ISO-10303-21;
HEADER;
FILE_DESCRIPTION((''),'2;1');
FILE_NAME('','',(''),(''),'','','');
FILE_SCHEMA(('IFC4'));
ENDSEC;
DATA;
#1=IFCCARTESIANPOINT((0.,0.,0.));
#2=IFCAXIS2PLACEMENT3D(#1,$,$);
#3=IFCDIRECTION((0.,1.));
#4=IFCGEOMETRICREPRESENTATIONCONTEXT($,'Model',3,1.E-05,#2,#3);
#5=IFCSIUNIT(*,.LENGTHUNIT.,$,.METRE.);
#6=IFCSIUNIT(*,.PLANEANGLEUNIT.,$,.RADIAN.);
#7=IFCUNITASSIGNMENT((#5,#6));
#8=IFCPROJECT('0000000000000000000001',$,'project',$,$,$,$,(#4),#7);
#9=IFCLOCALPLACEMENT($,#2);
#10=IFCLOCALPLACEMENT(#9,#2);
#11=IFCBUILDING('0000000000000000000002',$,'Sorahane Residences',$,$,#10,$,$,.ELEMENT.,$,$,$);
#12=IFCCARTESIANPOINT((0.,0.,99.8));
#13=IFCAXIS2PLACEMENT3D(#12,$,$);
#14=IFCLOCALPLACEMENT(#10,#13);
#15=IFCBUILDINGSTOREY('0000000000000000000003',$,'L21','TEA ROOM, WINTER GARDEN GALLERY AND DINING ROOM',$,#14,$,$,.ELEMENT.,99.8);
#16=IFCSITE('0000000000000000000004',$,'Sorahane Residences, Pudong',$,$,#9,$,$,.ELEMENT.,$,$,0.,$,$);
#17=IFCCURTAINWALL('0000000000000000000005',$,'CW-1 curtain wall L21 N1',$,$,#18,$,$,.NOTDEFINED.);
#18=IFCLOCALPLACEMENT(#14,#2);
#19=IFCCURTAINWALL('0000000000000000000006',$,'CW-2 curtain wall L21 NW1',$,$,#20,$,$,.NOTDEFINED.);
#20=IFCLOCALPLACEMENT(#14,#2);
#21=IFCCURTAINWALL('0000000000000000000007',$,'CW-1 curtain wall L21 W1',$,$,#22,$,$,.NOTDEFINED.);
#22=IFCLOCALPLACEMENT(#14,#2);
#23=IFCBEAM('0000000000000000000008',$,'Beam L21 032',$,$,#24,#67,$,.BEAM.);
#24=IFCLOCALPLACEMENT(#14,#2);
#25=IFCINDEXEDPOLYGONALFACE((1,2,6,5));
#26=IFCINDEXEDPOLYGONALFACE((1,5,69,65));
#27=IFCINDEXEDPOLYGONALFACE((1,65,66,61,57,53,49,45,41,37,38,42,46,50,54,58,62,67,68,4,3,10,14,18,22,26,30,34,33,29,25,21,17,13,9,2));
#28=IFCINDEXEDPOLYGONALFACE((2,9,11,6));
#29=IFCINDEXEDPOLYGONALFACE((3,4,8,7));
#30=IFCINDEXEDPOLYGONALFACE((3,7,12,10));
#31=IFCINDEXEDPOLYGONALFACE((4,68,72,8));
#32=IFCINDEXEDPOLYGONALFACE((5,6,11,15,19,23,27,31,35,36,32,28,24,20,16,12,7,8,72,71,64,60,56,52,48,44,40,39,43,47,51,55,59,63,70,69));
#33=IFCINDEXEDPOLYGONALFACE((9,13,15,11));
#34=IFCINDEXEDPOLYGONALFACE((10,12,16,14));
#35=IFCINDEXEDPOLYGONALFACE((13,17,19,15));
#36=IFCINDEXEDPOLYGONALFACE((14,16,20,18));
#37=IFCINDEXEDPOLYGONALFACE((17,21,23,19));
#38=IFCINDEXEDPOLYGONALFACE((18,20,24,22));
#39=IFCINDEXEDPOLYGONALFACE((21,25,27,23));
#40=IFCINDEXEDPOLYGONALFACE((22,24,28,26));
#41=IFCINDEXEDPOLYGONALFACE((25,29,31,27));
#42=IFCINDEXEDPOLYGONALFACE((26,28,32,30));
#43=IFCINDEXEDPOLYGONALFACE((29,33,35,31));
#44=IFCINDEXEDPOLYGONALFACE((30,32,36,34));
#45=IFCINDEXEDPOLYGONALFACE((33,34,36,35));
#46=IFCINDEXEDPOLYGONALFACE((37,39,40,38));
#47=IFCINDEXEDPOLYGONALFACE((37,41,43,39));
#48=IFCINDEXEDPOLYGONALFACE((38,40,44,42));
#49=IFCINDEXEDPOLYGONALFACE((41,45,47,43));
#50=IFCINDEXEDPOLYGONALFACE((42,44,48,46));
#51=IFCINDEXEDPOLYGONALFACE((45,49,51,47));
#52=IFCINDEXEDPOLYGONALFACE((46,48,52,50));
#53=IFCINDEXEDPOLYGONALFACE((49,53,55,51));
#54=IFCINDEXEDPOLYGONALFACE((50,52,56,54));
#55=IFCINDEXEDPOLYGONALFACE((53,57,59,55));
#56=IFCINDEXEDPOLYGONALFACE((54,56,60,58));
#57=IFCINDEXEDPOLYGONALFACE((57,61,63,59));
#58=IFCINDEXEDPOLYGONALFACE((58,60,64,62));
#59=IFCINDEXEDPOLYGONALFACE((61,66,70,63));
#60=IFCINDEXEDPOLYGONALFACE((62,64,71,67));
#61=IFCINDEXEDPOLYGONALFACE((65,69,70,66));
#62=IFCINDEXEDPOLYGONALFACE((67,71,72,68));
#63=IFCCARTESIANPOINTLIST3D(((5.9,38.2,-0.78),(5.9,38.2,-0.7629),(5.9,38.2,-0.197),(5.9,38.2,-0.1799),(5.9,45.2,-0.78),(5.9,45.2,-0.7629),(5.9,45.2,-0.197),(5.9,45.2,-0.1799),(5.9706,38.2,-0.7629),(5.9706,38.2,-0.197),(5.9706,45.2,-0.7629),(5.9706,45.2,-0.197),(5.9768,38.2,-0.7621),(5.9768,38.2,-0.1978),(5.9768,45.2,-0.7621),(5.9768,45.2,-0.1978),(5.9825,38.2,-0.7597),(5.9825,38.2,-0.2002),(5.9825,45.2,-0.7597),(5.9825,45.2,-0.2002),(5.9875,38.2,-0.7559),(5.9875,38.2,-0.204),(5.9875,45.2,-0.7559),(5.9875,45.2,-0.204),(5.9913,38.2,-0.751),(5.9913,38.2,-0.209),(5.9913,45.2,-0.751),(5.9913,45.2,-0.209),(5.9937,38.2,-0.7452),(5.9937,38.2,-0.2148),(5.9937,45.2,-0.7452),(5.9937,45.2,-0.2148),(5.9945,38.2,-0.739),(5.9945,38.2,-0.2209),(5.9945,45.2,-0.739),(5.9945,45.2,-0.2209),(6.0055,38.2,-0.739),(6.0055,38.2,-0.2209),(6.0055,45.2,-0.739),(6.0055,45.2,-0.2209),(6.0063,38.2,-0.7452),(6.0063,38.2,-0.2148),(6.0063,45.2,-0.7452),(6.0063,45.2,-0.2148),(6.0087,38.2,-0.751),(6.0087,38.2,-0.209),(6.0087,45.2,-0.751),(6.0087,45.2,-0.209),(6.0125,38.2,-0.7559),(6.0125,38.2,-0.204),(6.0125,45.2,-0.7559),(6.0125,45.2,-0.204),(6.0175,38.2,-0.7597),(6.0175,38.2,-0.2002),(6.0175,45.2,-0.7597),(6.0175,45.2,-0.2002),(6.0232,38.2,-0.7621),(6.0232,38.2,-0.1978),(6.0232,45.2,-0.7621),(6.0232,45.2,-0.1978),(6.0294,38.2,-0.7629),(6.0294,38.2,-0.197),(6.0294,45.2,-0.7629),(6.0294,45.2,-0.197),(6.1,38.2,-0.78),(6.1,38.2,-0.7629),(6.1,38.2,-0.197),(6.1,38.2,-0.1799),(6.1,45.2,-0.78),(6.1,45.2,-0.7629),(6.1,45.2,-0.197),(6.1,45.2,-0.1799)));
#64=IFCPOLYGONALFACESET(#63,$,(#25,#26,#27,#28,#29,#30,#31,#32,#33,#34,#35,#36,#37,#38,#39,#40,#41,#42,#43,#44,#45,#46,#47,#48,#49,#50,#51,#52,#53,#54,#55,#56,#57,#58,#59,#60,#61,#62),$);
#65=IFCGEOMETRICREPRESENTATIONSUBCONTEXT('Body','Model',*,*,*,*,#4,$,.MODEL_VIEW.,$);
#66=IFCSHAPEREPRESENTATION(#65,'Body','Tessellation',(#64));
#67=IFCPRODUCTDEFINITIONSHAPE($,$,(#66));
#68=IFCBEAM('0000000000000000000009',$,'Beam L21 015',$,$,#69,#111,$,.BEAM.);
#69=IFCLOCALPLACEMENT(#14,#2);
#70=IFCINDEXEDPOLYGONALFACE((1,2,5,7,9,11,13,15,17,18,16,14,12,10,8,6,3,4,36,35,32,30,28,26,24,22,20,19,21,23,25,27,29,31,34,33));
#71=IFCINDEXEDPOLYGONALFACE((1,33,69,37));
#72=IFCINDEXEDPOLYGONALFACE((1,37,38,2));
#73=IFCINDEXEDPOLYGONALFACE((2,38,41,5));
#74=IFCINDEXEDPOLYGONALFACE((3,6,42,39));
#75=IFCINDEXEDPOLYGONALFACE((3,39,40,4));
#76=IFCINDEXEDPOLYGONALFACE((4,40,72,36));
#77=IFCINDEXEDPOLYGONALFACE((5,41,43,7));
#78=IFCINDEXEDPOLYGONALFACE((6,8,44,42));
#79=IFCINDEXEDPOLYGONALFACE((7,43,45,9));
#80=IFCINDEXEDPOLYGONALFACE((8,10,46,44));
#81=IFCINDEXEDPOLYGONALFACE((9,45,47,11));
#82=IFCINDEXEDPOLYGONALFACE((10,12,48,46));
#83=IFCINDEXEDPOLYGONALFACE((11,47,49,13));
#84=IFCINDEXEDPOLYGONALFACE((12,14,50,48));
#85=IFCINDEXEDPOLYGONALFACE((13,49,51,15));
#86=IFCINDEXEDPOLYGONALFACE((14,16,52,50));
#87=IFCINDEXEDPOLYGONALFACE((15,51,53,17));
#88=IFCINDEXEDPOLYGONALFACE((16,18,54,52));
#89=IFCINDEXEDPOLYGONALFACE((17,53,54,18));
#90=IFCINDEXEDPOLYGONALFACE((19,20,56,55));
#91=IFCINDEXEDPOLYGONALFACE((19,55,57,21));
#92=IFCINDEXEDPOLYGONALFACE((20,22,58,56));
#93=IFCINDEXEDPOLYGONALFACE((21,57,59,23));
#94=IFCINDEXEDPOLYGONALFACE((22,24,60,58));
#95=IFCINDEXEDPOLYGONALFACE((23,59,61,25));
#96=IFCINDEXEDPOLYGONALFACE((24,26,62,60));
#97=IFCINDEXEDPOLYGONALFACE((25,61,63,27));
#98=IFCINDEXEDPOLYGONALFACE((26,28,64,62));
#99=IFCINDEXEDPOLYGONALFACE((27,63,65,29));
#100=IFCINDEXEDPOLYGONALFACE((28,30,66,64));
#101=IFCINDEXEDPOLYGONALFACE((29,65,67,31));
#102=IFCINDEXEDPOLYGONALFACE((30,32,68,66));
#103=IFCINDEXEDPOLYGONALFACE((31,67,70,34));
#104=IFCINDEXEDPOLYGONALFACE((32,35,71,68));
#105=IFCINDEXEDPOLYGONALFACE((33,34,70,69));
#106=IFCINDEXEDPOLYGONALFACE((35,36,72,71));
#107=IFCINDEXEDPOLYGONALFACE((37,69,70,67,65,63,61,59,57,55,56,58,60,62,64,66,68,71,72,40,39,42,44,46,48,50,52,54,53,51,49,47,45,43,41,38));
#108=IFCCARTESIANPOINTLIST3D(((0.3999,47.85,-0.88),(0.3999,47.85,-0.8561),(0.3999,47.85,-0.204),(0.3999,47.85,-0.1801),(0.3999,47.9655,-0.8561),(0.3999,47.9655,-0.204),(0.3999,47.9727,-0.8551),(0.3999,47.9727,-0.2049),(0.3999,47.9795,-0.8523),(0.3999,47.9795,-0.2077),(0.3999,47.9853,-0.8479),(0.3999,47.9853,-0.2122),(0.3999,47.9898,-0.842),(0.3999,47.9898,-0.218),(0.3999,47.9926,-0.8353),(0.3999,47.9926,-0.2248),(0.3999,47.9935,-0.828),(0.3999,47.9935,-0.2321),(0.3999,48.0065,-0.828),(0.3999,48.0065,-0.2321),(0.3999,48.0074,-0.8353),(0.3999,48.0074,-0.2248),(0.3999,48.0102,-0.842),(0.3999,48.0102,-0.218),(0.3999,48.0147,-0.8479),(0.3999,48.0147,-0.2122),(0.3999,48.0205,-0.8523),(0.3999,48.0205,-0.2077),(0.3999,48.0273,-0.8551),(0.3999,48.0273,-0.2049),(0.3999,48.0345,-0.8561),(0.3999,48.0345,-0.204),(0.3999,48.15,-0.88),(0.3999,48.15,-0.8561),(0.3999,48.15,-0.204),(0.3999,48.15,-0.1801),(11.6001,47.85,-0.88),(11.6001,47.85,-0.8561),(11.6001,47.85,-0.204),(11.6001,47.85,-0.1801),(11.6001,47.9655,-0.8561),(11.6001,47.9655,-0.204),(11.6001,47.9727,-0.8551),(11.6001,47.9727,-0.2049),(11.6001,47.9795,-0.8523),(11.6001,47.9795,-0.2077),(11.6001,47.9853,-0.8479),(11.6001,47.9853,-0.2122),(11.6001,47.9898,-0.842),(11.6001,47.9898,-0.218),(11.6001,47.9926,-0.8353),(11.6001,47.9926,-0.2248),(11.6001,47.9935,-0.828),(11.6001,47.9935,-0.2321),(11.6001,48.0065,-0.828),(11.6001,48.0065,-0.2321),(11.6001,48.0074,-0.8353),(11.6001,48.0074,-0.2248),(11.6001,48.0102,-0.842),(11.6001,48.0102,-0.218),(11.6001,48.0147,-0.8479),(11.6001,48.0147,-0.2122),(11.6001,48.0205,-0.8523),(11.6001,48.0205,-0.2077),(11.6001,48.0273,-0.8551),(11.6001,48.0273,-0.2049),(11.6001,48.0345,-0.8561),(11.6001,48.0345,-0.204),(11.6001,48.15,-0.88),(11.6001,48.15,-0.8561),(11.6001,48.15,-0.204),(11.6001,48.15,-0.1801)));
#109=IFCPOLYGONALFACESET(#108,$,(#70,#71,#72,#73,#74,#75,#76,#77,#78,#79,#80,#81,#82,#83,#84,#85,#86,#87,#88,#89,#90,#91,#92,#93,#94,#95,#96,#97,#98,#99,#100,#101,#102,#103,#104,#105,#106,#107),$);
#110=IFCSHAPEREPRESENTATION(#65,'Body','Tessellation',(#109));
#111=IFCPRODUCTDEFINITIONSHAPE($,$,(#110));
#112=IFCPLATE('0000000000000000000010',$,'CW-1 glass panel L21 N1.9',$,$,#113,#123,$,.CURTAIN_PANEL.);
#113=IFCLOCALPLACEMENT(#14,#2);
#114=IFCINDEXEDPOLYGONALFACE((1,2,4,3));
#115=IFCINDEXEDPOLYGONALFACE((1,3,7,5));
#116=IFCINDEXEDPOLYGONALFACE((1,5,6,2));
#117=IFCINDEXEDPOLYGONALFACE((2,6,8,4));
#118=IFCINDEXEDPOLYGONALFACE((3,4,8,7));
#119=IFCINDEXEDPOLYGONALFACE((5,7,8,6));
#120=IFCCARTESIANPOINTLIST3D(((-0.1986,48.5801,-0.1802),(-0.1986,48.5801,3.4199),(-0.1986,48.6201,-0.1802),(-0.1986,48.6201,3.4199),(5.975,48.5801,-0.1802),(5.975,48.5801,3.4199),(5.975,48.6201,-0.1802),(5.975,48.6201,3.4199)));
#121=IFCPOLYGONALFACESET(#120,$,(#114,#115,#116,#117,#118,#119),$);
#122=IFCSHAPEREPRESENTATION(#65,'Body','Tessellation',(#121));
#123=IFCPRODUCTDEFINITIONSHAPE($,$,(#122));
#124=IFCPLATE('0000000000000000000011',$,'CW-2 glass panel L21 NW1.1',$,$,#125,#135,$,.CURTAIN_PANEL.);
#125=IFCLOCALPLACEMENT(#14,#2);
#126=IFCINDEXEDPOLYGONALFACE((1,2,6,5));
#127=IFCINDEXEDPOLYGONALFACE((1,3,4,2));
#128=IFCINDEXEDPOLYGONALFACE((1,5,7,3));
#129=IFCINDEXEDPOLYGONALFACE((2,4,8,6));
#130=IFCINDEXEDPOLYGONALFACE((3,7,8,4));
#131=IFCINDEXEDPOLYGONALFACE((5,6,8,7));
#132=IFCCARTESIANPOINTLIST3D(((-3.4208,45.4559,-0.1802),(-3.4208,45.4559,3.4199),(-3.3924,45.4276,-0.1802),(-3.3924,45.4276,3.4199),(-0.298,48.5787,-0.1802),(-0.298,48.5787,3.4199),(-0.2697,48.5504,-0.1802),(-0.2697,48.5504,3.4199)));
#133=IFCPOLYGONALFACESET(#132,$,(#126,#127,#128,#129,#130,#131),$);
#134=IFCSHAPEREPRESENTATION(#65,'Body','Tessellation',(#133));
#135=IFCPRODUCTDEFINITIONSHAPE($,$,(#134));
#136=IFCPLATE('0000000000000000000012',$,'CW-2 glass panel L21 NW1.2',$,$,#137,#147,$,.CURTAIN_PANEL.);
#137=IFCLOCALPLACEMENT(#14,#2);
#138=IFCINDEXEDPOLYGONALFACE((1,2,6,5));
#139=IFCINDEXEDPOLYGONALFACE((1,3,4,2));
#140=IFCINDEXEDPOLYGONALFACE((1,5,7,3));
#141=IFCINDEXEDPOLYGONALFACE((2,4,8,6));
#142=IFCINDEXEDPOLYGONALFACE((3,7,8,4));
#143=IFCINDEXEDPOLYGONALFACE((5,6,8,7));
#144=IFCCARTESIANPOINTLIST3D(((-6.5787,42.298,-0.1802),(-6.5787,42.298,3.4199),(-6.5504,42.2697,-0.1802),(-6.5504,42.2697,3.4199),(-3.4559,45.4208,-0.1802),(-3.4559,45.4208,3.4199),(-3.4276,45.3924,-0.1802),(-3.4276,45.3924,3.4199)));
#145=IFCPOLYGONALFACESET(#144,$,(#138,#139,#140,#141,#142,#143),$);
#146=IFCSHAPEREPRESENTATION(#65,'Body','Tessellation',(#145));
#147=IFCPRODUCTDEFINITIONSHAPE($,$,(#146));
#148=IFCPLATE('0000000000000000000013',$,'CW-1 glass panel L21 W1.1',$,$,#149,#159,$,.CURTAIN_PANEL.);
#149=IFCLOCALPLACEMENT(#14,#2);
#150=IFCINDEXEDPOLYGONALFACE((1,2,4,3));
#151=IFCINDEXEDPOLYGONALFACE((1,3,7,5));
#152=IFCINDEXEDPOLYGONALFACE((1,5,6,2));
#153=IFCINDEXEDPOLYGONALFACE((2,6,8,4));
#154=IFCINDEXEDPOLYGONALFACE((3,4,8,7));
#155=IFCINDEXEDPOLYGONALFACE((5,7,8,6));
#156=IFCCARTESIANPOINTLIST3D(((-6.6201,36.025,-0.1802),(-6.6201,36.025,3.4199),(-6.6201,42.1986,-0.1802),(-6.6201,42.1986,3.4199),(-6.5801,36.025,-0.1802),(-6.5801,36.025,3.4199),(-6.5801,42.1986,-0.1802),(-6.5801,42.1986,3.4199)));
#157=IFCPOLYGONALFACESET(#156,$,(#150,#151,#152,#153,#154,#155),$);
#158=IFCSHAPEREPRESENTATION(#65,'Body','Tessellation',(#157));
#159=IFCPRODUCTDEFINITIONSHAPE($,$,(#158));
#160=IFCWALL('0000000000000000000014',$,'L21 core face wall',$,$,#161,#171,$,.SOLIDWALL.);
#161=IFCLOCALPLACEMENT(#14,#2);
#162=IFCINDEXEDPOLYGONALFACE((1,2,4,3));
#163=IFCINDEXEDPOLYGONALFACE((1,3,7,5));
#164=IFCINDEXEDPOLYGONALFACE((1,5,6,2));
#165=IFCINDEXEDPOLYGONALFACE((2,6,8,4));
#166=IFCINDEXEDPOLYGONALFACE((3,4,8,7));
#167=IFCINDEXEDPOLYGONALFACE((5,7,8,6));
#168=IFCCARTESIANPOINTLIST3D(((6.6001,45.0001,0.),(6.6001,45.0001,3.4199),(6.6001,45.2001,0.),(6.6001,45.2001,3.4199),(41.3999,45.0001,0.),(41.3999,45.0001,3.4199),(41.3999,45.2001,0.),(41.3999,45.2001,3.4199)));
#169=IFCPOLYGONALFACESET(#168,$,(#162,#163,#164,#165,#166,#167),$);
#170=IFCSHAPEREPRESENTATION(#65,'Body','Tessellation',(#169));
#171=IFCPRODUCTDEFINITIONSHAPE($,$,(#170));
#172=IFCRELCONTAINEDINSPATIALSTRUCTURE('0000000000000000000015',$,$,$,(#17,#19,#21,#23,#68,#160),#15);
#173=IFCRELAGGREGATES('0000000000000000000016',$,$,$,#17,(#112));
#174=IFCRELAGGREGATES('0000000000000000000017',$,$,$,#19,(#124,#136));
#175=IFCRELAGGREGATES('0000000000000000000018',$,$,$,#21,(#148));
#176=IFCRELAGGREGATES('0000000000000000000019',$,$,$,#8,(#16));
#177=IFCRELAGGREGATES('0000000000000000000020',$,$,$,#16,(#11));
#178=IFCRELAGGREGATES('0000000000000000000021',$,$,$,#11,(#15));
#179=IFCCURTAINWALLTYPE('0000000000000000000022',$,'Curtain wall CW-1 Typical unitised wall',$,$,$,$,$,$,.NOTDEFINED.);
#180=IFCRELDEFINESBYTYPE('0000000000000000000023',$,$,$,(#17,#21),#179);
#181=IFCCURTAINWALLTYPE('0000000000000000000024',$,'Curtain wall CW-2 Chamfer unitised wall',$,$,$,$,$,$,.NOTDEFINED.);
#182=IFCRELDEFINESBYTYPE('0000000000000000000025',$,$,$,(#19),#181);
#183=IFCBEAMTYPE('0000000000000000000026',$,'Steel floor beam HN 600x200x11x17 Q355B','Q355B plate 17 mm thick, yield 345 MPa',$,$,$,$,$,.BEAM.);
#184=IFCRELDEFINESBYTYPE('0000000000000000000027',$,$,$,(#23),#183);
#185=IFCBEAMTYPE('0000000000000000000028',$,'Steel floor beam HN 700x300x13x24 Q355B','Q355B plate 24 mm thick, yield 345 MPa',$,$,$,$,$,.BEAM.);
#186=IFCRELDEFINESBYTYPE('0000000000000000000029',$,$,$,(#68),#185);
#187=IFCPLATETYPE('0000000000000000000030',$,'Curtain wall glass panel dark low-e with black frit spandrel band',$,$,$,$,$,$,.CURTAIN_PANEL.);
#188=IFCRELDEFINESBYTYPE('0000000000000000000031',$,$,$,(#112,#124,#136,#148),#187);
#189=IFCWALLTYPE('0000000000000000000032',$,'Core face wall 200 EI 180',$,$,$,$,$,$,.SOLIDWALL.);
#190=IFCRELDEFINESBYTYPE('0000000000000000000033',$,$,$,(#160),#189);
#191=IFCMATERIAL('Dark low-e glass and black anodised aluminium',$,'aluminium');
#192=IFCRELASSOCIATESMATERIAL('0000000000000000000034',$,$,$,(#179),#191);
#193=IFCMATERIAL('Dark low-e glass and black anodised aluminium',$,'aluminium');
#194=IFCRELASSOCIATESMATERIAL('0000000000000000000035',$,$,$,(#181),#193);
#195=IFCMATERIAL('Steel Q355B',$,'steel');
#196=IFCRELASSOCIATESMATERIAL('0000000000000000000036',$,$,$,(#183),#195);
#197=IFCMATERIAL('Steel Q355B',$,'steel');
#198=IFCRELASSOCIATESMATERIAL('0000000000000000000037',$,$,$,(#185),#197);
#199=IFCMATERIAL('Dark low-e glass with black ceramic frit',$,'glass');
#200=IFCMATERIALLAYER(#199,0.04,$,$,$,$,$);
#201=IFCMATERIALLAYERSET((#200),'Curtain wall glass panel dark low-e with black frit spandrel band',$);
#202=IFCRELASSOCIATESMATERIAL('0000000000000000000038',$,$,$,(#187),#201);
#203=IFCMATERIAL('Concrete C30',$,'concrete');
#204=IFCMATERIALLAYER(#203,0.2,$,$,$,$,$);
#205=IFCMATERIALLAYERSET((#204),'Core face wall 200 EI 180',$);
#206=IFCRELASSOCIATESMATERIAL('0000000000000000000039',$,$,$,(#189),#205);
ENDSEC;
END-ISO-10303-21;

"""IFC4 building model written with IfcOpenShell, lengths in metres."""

from ifc_helpers import new_model, si_unit, direction, frame, frame_2d, origin, origin_2d, place, context, subcontext, project, spatial, rectangle, i_section, extrude, material, layer, layer_set, material_profile, profile_set, type_object, element, aggregate, save


model = new_model("IFC4")

# Units and contexts
model_context = context("Model", 3, precision=1e-05, world=origin(), true_north=direction((0.0, 1.0)))
body_context = subcontext(model_context, "Body", "Model", "MODEL_VIEW")
ifc_project = project(units=[si_unit("LENGTHUNIT", "METRE"), si_unit("PLANEANGLEUNIT", "RADIAN")], contexts=[model_context])

# Site, building, storey
site_placement = place(None, origin())
site = spatial("IfcSite", under=ifc_project, at=site_placement, Name="Sorahane Residences, Pudong", CompositionType="ELEMENT", RefElevation=0.0)
building_placement = place(site_placement, origin())
building = spatial("IfcBuilding", under=site, at=building_placement, Name="Sorahane Residences", CompositionType="ELEMENT")
storey_placement = place(building_placement, frame((0.0, 0.0, 99.8)))
storey = spatial("IfcBuildingStorey", under=building, at=storey_placement, Name="L21", Description="TEA ROOM, WINTER GARDEN GALLERY AND DINING ROOM", CompositionType="ELEMENT", Elevation=99.8)

# Curtain walls
ifc_material_1 = material(Name="Dark low-e glass and black anodised aluminium", Category="aluminium")
curtain_wall_type_1 = type_object("IfcCurtainWallType", Name="Curtain wall CW-1 Typical unitised wall", PredefinedType="NOTDEFINED", material=ifc_material_1)
curtain_wall_1_placement = place(storey_placement, origin())
curtain_wall_1 = element("IfcCurtainWall", 1, at=curtain_wall_1_placement, inside=storey, type_object=curtain_wall_type_1, Name="CW-1 curtain wall L21 N1", PredefinedType="NOTDEFINED")
ifc_material_2 = material(Name="Dark low-e glass and black anodised aluminium", Category="aluminium")
curtain_wall_type_2 = type_object("IfcCurtainWallType", Name="Curtain wall CW-2 Chamfer unitised wall", PredefinedType="NOTDEFINED", material=ifc_material_2)
curtain_wall_2_placement = place(storey_placement, origin())
curtain_wall_2 = element("IfcCurtainWall", 2, at=curtain_wall_2_placement, inside=storey, type_object=curtain_wall_type_2, Name="CW-2 curtain wall L21 NW1", PredefinedType="NOTDEFINED")

# Curtain wall
curtain_wall_3_placement = place(storey_placement, origin())
curtain_wall_3 = element("IfcCurtainWall", 3, at=curtain_wall_3_placement, inside=storey, type_object=curtain_wall_type_1, Name="CW-1 curtain wall L21 W1", PredefinedType="NOTDEFINED")

# Beams
ifc_material_3 = material(Name="Steel Q355B", Category="steel")
ifc_material_profile_1 = material_profile(ifc_material_3, i_section(OverallWidth=0.2, OverallDepth=0.6001, WebThickness=0.011, FlangeThickness=0.0171, FilletRadius=0.0239, at=origin_2d()), Name="HN 600x200x11x17")
ifc_profile_set_1 = profile_set([ifc_material_profile_1], Name="Steel Q355B")
beam_type_1 = type_object("IfcBeamType", Name="Steel floor beam HN 600x200x11x17 Q355B", Description="Q355B plate 17 mm thick, yield 345 MPa", PredefinedType="BEAM", material=ifc_profile_set_1)
beam_1_placement = place(storey_placement, frame((6.0, 38.2, -0.48), z_axis=(0.0, 1.0, 0.0), x_axis=(-1.0, 0.0, 0.0)))
element("IfcBeam", 4, at=beam_1_placement, inside=storey, type_object=beam_type_1, Name="Beam L21 032", PredefinedType="BEAM", context=body_context, shape_type="SweptSolid", body=[
    extrude(i_section(OverallWidth=0.2, OverallDepth=0.6001, WebThickness=0.011, FlangeThickness=0.0171, FilletRadius=0.0239, at=origin_2d()), origin(), (0.0, 0.0, 1.0), 7.0),
])
ifc_material_4 = material(Name="Steel Q355B", Category="steel")
ifc_material_profile_2 = material_profile(ifc_material_4, i_section(OverallWidth=0.3, OverallDepth=0.7, WebThickness=0.0129, FlangeThickness=0.0239, FilletRadius=0.0281, at=origin_2d()), Name="HN 700x300x13x24")
ifc_profile_set_2 = profile_set([ifc_material_profile_2], Name="Steel Q355B")
beam_type_2 = type_object("IfcBeamType", Name="Steel floor beam HN 700x300x13x24 Q355B", Description="Q355B plate 24 mm thick, yield 345 MPa", PredefinedType="BEAM", material=ifc_profile_set_2)
beam_2_placement = place(storey_placement, frame((0.3999, 48.0, -0.53), z_axis=(1.0, 0.0, 0.0), x_axis=(0.0, 1.0, 0.0)))
element("IfcBeam", 5, at=beam_2_placement, inside=storey, type_object=beam_type_2, Name="Beam L21 015", PredefinedType="BEAM", context=body_context, shape_type="SweptSolid", body=[
    extrude(i_section(OverallWidth=0.3, OverallDepth=0.7, WebThickness=0.0129, FlangeThickness=0.0239, FilletRadius=0.0281, at=origin_2d()), origin(), (0.0, 0.0, 1.0), 11.2002),
])

# Plates
ifc_material_5 = material(Name="Dark low-e glass with black ceramic frit", Category="glass")
ifc_layer_1 = layer(ifc_material_5, 0.04)
ifc_layer_set_1 = layer_set([ifc_layer_1], Name="Curtain wall glass panel dark low-e with black frit spandrel band")
plate_type = type_object("IfcPlateType", Name="Curtain wall glass panel dark low-e with black frit spandrel band", PredefinedType="CURTAIN_PANEL", material=ifc_layer_set_1)
plate_1_placement = place(storey_placement, frame((2.8882, 48.6001, -0.1802), z_axis=(0.0, 0.0, 1.0), x_axis=(-1.0, 0.0, 0.0)))
plate_1 = element("IfcPlate", 6, at=plate_1_placement, type_object=plate_type, Name="CW-1 glass panel L21 N1.9", PredefinedType="CURTAIN_PANEL", context=body_context, shape_type="SweptSolid", body=[
    extrude(rectangle(XDim=6.1736, YDim=0.04, at=origin_2d()), origin(), (0.0, 0.0, 1.0), 3.6001),
])
aggregate(curtain_wall_1, [plate_1])
plate_2_placement = place(storey_placement, frame((-1.8452, 47.0032, -0.1802), z_axis=(0.0, 0.0, 1.0), x_axis=(-0.707107, -0.707107, 0.0)))
plate_2 = element("IfcPlate", 7, at=plate_2_placement, type_object=plate_type, Name="CW-2 glass panel L21 NW1.1", PredefinedType="CURTAIN_PANEL", context=body_context, shape_type="SweptSolid", body=[
    extrude(rectangle(XDim=4.4163, YDim=0.04, at=origin_2d()), origin(), (0.0, 0.0, 1.0), 3.6001),
])
plate_3_placement = place(storey_placement, frame((-5.0032, 43.8452, -0.1802), z_axis=(0.0, 0.0, 1.0), x_axis=(-0.707107, -0.707107, 0.0)))
plate_3 = element("IfcPlate", 8, at=plate_3_placement, type_object=plate_type, Name="CW-2 glass panel L21 NW1.2", PredefinedType="CURTAIN_PANEL", context=body_context, shape_type="SweptSolid", body=[
    extrude(rectangle(XDim=4.4163, YDim=0.04, at=origin_2d()), origin(), (0.0, 0.0, 1.0), 3.6001),
])
aggregate(curtain_wall_2, [plate_2, plate_3])
plate_4_placement = place(storey_placement, frame((-6.6001, 39.1118, -0.1802), z_axis=(0.0, 0.0, 1.0), x_axis=(0.0, -1.0, 0.0)))
plate_4 = element("IfcPlate", 9, at=plate_4_placement, type_object=plate_type, Name="CW-1 glass panel L21 W1.1", PredefinedType="CURTAIN_PANEL", context=body_context, shape_type="SweptSolid", body=[
    extrude(rectangle(XDim=6.1736, YDim=0.04, at=origin_2d()), origin(), (0.0, 0.0, 1.0), 3.6001),
])
aggregate(curtain_wall_3, [plate_4])

# Wall
ifc_material_6 = material(Name="Concrete C30", Category="concrete")
ifc_layer_2 = layer(ifc_material_6, 0.2)
ifc_layer_set_2 = layer_set([ifc_layer_2], Name="Core face wall 200 EI 180")
wall_type = type_object("IfcWallType", Name="Core face wall 200 EI 180", PredefinedType="SOLIDWALL", material=ifc_layer_set_2)
wall_placement = place(storey_placement, frame((6.6001, 45.1001, 0.0), z_axis=(0.0, 0.0, 1.0), x_axis=(1.0, 0.0, 0.0)))
element("IfcWall", 10, at=wall_placement, inside=storey, type_object=wall_type, Name="L21 core face wall", PredefinedType="SOLIDWALL", context=body_context, shape_type="SweptSolid", body=[
    extrude(rectangle(XDim=34.7998, YDim=0.2, at=frame_2d((17.3999, 0.0))), origin(), (0.0, 0.0, 1.0), 3.4199),
])

save(model, "model.ifc")
